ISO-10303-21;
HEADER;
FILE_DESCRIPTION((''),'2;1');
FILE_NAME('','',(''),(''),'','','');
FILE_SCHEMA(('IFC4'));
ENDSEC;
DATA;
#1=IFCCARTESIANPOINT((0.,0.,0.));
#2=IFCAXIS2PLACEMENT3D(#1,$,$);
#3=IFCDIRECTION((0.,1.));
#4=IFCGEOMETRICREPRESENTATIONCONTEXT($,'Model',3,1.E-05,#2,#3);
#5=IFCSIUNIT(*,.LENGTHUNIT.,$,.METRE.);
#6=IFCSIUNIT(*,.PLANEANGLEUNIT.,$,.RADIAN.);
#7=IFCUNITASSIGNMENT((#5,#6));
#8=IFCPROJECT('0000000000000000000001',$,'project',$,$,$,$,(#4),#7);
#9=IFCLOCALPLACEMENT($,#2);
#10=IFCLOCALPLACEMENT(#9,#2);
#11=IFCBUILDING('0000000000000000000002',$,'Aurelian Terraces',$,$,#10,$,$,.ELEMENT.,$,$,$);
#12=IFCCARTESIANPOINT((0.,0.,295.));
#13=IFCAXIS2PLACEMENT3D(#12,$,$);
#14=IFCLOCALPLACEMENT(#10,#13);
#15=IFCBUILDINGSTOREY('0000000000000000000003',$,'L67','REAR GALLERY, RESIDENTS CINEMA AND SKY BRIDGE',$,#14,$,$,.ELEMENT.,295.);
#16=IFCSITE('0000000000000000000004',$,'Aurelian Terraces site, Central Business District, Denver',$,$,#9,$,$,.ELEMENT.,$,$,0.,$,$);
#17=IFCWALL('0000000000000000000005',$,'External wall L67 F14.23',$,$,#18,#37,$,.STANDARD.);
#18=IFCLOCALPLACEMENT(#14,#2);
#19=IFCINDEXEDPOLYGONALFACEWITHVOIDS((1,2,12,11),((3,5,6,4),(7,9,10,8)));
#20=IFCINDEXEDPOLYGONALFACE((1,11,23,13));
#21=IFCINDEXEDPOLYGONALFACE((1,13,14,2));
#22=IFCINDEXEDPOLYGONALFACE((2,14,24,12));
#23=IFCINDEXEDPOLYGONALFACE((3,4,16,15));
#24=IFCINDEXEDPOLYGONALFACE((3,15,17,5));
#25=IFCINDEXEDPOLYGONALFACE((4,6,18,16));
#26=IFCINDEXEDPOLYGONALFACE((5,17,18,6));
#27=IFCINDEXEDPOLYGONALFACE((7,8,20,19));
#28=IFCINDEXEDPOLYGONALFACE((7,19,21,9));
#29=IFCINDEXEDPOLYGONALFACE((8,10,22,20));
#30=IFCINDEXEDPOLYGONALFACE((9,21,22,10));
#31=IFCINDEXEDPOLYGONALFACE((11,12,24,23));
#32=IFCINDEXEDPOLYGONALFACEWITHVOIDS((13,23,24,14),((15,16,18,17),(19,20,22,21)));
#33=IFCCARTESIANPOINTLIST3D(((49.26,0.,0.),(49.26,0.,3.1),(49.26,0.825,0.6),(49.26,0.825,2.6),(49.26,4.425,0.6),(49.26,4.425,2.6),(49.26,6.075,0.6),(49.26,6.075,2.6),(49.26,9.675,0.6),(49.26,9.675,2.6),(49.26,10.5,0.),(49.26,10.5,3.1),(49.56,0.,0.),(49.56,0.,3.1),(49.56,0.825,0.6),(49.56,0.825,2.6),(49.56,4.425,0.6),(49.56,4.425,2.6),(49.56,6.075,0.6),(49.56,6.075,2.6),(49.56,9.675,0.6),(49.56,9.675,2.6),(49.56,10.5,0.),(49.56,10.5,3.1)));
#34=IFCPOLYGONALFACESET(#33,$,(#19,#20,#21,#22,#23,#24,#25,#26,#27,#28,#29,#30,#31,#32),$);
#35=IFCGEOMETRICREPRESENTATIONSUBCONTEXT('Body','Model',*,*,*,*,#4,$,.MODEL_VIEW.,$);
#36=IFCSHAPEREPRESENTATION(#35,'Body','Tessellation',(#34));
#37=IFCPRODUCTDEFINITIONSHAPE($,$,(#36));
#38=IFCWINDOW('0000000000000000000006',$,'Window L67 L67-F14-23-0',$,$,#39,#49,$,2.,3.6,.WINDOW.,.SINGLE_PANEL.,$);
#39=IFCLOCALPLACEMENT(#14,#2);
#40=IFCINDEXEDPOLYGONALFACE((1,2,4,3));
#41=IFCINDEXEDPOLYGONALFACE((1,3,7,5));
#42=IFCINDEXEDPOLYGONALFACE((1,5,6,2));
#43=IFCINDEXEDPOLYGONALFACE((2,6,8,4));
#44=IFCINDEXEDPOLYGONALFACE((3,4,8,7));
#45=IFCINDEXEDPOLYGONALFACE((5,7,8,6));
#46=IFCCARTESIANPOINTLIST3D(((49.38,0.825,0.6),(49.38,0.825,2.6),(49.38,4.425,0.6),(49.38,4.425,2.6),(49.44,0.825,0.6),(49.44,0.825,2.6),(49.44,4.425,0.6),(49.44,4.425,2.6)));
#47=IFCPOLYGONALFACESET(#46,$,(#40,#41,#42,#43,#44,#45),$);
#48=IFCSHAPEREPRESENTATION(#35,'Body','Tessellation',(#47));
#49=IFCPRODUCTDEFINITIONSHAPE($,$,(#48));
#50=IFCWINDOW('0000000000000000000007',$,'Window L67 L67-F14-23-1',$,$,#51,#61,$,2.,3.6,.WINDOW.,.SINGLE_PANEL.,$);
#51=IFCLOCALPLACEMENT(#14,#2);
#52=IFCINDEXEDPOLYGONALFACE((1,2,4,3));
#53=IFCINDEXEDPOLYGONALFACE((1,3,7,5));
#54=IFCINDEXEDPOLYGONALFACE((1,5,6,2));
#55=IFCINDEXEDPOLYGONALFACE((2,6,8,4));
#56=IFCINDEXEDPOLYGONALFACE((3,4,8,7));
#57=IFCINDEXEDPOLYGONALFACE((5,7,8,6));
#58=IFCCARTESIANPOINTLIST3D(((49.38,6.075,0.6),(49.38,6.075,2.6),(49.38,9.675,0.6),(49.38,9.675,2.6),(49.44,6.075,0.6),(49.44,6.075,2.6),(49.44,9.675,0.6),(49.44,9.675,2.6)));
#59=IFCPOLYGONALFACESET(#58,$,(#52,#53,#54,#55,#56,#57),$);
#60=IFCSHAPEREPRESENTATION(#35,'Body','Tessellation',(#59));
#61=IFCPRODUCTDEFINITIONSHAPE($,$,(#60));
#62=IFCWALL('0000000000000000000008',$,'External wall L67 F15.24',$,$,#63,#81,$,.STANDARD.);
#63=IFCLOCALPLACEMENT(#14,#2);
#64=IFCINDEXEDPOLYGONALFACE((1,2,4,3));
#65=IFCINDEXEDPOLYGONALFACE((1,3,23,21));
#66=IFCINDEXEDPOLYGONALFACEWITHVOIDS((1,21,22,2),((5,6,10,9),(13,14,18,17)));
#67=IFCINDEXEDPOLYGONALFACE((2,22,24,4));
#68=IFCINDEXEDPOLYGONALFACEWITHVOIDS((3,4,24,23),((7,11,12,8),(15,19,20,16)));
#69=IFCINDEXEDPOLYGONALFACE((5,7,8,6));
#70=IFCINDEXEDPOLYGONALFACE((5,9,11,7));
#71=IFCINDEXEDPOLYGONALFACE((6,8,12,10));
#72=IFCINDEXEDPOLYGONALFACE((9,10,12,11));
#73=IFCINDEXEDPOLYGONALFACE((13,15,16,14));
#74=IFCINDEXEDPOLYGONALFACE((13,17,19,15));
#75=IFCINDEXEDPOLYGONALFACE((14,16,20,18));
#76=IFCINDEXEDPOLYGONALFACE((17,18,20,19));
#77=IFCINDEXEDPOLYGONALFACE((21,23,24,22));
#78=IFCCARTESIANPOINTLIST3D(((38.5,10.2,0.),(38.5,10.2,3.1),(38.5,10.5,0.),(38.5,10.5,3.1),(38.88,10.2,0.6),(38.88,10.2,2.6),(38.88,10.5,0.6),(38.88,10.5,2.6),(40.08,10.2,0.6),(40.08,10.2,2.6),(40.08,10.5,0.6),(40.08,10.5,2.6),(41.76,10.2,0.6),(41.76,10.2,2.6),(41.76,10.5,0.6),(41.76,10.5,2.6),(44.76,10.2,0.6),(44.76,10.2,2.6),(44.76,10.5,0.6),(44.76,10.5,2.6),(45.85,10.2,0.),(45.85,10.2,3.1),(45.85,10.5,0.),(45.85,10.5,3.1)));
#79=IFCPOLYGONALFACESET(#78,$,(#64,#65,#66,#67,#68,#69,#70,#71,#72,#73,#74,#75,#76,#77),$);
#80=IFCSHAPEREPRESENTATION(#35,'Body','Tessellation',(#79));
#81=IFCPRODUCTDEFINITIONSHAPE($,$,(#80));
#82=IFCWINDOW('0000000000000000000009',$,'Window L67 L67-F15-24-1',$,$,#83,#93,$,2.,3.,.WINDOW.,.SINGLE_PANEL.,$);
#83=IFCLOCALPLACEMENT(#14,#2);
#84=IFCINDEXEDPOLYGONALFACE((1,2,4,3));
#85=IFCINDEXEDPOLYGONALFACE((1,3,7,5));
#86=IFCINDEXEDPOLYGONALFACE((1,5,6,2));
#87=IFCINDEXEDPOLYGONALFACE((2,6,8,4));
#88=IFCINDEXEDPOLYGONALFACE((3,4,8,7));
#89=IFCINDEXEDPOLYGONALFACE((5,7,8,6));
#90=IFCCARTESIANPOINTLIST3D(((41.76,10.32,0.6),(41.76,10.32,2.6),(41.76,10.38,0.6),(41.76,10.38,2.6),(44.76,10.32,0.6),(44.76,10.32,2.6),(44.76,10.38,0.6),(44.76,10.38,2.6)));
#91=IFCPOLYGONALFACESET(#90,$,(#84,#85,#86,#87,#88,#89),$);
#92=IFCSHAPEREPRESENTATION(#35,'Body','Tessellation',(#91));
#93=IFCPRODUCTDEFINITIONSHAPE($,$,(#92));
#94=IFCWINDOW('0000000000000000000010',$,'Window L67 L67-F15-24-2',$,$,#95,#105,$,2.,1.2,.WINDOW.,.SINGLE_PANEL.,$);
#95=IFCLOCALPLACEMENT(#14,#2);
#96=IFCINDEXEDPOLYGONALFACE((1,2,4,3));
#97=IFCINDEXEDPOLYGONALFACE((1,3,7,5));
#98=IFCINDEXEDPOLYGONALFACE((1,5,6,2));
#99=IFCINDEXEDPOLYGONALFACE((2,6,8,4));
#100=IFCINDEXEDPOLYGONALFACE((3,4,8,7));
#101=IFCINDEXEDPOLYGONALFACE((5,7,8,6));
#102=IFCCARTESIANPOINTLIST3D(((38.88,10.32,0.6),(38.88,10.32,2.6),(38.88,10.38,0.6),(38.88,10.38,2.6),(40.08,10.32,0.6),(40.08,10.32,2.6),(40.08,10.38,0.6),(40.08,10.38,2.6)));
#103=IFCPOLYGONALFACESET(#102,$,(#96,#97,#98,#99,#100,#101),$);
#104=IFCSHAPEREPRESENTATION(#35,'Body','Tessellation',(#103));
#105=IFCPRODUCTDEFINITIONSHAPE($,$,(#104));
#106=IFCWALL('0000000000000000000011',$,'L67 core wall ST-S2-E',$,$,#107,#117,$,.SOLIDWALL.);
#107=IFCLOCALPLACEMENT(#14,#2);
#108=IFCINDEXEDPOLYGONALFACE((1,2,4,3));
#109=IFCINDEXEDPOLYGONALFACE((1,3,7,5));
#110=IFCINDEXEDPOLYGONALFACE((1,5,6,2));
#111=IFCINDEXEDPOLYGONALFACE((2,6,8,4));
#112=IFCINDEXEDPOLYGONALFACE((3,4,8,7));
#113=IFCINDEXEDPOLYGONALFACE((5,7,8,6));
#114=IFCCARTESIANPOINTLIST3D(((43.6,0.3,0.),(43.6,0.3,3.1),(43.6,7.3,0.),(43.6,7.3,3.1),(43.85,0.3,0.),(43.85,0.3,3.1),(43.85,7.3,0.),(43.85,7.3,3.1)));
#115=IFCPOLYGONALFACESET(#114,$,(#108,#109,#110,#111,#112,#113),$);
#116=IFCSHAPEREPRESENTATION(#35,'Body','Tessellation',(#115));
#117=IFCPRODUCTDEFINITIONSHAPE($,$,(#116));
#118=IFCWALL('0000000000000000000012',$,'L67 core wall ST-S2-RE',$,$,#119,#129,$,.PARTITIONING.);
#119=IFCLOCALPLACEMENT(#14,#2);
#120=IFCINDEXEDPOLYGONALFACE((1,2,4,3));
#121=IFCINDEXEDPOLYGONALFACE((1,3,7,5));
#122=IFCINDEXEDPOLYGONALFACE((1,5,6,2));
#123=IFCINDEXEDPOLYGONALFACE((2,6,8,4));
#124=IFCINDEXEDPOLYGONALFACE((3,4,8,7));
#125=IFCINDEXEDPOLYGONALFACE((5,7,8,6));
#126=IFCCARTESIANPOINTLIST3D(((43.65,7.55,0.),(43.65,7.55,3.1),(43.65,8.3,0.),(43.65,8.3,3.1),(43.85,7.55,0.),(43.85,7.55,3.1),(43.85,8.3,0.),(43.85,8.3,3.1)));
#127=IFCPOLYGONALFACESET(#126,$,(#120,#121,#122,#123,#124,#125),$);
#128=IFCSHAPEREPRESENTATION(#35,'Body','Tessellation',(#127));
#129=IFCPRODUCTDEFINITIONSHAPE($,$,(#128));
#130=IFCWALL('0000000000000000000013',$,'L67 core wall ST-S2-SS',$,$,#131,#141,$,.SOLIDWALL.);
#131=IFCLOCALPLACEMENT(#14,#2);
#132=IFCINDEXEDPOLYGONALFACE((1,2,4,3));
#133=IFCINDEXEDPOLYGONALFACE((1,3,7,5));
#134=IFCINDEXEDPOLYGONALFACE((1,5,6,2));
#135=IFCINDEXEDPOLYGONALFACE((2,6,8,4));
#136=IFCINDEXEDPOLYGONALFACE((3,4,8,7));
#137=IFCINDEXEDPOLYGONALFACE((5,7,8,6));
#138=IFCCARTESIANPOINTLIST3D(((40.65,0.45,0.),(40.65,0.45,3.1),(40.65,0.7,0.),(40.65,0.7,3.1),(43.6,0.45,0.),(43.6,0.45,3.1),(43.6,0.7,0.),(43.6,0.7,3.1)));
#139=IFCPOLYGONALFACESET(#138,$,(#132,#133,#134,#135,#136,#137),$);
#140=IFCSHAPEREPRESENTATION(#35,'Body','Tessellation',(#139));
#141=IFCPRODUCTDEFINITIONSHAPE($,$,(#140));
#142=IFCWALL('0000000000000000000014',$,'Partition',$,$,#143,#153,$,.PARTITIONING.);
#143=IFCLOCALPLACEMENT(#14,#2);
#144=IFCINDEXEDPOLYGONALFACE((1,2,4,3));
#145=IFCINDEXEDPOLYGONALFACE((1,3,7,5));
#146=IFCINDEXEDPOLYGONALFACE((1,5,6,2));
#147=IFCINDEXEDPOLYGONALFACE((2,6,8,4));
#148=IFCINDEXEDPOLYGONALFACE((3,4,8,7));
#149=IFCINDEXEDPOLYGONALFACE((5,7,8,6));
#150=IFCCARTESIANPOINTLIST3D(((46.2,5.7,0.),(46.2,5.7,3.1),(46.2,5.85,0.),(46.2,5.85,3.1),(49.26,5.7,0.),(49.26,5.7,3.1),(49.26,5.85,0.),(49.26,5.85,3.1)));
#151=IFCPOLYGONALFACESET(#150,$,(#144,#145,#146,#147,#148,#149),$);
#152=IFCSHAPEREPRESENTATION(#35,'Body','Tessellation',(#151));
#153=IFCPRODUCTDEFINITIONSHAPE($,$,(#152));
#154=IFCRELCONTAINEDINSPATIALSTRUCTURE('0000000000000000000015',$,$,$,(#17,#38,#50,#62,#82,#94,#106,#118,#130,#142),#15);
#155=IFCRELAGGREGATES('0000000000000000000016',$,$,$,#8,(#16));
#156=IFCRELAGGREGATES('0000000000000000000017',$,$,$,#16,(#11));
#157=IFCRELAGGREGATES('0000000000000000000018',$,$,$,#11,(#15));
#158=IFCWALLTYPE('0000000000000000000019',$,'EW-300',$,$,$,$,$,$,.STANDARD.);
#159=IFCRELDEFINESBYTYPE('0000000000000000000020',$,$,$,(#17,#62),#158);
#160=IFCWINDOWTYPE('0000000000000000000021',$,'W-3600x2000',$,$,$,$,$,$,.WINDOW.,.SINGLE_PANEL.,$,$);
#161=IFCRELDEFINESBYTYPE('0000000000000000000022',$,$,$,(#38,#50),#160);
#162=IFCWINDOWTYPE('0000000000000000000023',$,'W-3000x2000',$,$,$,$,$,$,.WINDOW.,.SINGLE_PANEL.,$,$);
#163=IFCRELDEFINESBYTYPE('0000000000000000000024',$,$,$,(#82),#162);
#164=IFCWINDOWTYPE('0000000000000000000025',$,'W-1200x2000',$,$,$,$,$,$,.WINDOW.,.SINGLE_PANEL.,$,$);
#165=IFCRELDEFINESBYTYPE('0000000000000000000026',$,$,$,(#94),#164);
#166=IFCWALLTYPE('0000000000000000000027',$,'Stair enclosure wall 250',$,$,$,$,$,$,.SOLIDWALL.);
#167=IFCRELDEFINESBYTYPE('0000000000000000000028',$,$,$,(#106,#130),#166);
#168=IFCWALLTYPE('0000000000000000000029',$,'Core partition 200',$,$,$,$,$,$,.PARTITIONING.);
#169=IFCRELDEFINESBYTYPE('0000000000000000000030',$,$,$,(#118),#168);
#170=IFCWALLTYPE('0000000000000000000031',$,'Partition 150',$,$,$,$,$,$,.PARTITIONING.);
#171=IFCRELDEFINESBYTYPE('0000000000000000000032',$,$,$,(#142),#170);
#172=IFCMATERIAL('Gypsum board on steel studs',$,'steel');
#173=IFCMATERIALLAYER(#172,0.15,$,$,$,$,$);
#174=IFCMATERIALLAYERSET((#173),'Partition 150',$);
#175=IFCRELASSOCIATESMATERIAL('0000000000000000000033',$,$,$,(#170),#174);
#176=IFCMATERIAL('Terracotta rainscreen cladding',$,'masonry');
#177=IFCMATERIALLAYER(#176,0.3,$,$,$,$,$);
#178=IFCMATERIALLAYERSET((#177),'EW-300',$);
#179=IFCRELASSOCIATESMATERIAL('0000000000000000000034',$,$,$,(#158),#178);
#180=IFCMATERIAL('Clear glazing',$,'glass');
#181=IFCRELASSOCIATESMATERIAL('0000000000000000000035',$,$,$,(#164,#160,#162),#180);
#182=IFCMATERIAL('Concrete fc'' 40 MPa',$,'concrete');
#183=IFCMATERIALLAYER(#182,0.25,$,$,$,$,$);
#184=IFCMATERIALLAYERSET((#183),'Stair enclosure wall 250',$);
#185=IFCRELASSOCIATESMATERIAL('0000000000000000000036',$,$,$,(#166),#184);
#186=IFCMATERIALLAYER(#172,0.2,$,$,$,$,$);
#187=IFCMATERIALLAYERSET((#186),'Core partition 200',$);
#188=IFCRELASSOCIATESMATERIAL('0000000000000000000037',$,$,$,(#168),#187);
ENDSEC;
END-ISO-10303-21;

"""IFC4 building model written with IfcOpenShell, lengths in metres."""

from ifc_helpers import new_model, si_unit, direction, frame, frame_2d, origin, place, context, subcontext, project, spatial, rectangle, extrude, source, transform, mapped, material, layer, layer_set, type_object, element, fill, save


model = new_model("IFC4")

# Units and contexts
model_context = context("Model", 3, precision=1e-05, world=origin(), true_north=direction((0.0, 1.0)))
body_context = subcontext(model_context, "Body", "Model", "MODEL_VIEW")
ifc_project = project(units=[si_unit("LENGTHUNIT", "METRE"), si_unit("PLANEANGLEUNIT", "RADIAN")], contexts=[model_context])

# Site, building, storey
site_placement = place(None, origin())
site = spatial("IfcSite", under=ifc_project, at=site_placement, Name="Aurelian Terraces site, Central Business District, Denver", CompositionType="ELEMENT", RefElevation=0.0)
building_placement = place(site_placement, origin())
building = spatial("IfcBuilding", under=site, at=building_placement, Name="Aurelian Terraces", CompositionType="ELEMENT")
storey_placement = place(building_placement, frame((0.0, 0.0, 295.0)))
storey = spatial("IfcBuildingStorey", under=building, at=storey_placement, Name="L67", Description="REAR GALLERY, RESIDENTS CINEMA AND SKY BRIDGE", CompositionType="ELEMENT", Elevation=295.0)

# Shared definitions
ifc_material_1 = material(Name="Gypsum board on steel studs", Category="steel")

# Shared definitions
ifc_layer_1 = layer(ifc_material_1, 0.15)
ifc_layer_set_1 = layer_set([ifc_layer_1], Name="Partition 150")
wall_type_1 = type_object("IfcWallType", Name="Partition 150", PredefinedType="PARTITIONING", material=ifc_layer_set_1)

# Shared definitions
ifc_material_2 = material(Name="Terracotta rainscreen cladding", Category="masonry")
ifc_layer_2 = layer(ifc_material_2, 0.3)
ifc_layer_set_2 = layer_set([ifc_layer_2], Name="EW-300")
wall_type_2 = type_object("IfcWallType", Name="EW-300", PredefinedType="STANDARD", material=ifc_layer_set_2)
ifc_material_3 = material(Name="Clear glazing", Category="glass")
shared_shape_1 = source(origin(), body_context, "Body", "SweptSolid", [
    extrude(rectangle(XDim=1.2, YDim=2.0, at=frame_2d((0.6, 1.0))), frame((0.0, 0.16, 0.0), z_axis=(0.0, -1.0, 0.0), x_axis=(1.0, 0.0, 0.0)), (0.0, 0.0, 1.0), 0.32),
])
window_type_1 = type_object("IfcWindowType", Name="W-1200x2000", PartitioningType="SINGLE_PANEL", PredefinedType="WINDOW", material=ifc_material_3)
shared_shape_2 = source(origin(), body_context, "Body", "SweptSolid", [
    extrude(rectangle(XDim=1.2, YDim=2.0, at=frame_2d((0.6, 1.0))), frame((0.0, 0.03, 0.0), z_axis=(0.0, -1.0, 0.0), x_axis=(1.0, 0.0, 0.0)), (0.0, 0.0, 1.0), 0.06),
])

# Walls, openings, windows
shared_shape_3 = source(origin(), body_context, "Body", "SweptSolid", [
    extrude(rectangle(XDim=10.5, YDim=0.3, at=frame_2d((5.25, 0.0))), origin(), (0.0, 0.0, 1.0), 3.1),
])
wall_1_placement = place(storey_placement, frame((49.41, 0.0, 0.0), z_axis=(0.0, 0.0, 1.0), x_axis=(0.0, 1.0, 0.0)))
wall_1 = element("IfcWall", 1, at=wall_1_placement, inside=storey, type_object=wall_type_2, Name="External wall L67 F14.23", PredefinedType="STANDARD", context=body_context, shape_type="MappedRepresentation", body=[
    mapped(shared_shape_3, transform((0.0, 0.0, 0.0), scale=1.0)),
])
shared_shape_4 = source(origin(), body_context, "Body", "SweptSolid", [
    extrude(rectangle(XDim=3.6, YDim=2.0, at=frame_2d((1.8, 1.0))), frame((0.0, 0.16, 0.0), z_axis=(0.0, -1.0, 0.0), x_axis=(1.0, 0.0, 0.0)), (0.0, 0.0, 1.0), 0.32),
])
opening_1_placement = place(wall_1_placement, frame((0.825, 0.0, 0.6)))
opening_1 = element("IfcOpeningElement", 2, at=opening_1_placement, cuts=wall_1, PredefinedType="OPENING", context=body_context, shape_type="MappedRepresentation", body=[
    mapped(shared_shape_4, transform((0.0, 0.0, 0.0), scale=1.0)),
])
opening_2_placement = place(wall_1_placement, frame((6.075, 0.0, 0.6)))
opening_2 = element("IfcOpeningElement", 3, at=opening_2_placement, cuts=wall_1, PredefinedType="OPENING", context=body_context, shape_type="MappedRepresentation", body=[
    mapped(shared_shape_4, transform((0.0, 0.0, 0.0), scale=1.0)),
])
window_type_2 = type_object("IfcWindowType", Name="W-3600x2000", PartitioningType="SINGLE_PANEL", PredefinedType="WINDOW", material=ifc_material_3)
shared_shape_5 = source(origin(), body_context, "Body", "SweptSolid", [
    extrude(rectangle(XDim=3.6, YDim=2.0, at=frame_2d((1.8, 1.0))), frame((0.0, 0.03, 0.0), z_axis=(0.0, -1.0, 0.0), x_axis=(1.0, 0.0, 0.0)), (0.0, 0.0, 1.0), 0.06),
])
window_1_placement = place(opening_1_placement, origin())
window_1 = element("IfcWindow", 4, at=window_1_placement, inside=storey, type_object=window_type_2, Name="Window L67 L67-F14-23-0", OverallHeight=2.0, OverallWidth=3.6, PartitioningType="SINGLE_PANEL", PredefinedType="WINDOW", context=body_context, shape_type="MappedRepresentation", body=[
    mapped(shared_shape_5, transform((0.0, 0.0, 0.0), scale=1.0)),
])
fill(opening_1, window_1)
window_2_placement = place(opening_2_placement, origin())
window_2 = element("IfcWindow", 5, at=window_2_placement, inside=storey, type_object=window_type_2, Name="Window L67 L67-F14-23-1", OverallHeight=2.0, OverallWidth=3.6, PartitioningType="SINGLE_PANEL", PredefinedType="WINDOW", context=body_context, shape_type="MappedRepresentation", body=[
    mapped(shared_shape_5, transform((0.0, 0.0, 0.0), scale=1.0)),
])
fill(opening_2, window_2)
shared_shape_6 = source(origin(), body_context, "Body", "SweptSolid", [
    extrude(rectangle(XDim=7.35, YDim=0.3, at=frame_2d((3.675, 0.0))), origin(), (0.0, 0.0, 1.0), 3.1),
])
wall_2_placement = place(storey_placement, frame((45.85, 10.35, 0.0), z_axis=(0.0, 0.0, 1.0), x_axis=(-1.0, 0.0, 0.0)))
wall_2 = element("IfcWall", 6, at=wall_2_placement, inside=storey, type_object=wall_type_2, Name="External wall L67 F15.24", PredefinedType="STANDARD", context=body_context, shape_type="MappedRepresentation", body=[
    mapped(shared_shape_6, transform((0.0, 0.0, 0.0), scale=1.0)),
])
shared_shape_7 = source(origin(), body_context, "Body", "SweptSolid", [
    extrude(rectangle(XDim=3.0, YDim=2.0, at=frame_2d((1.5, 1.0))), frame((0.0, 0.16, 0.0), z_axis=(0.0, -1.0, 0.0), x_axis=(1.0, 0.0, 0.0)), (0.0, 0.0, 1.0), 0.32),
])
opening_3_placement = place(wall_2_placement, frame((1.09, 0.0, 0.6)))
opening_3 = element("IfcOpeningElement", 7, at=opening_3_placement, cuts=wall_2, PredefinedType="OPENING", context=body_context, shape_type="MappedRepresentation", body=[
    mapped(shared_shape_7, transform((0.0, 0.0, 0.0), scale=1.0)),
])
opening_4_placement = place(wall_2_placement, frame((5.77, 0.0, 0.6)))
opening_4 = element("IfcOpeningElement", 8, at=opening_4_placement, cuts=wall_2, PredefinedType="OPENING", context=body_context, shape_type="MappedRepresentation", body=[
    mapped(shared_shape_1, transform((0.0, 0.0, 0.0), scale=1.0)),
])
window_type_3 = type_object("IfcWindowType", Name="W-3000x2000", PartitioningType="SINGLE_PANEL", PredefinedType="WINDOW", material=ifc_material_3)
shared_shape_8 = source(origin(), body_context, "Body", "SweptSolid", [
    extrude(rectangle(XDim=3.0, YDim=2.0, at=frame_2d((1.5, 1.0))), frame((0.0, 0.03, 0.0), z_axis=(0.0, -1.0, 0.0), x_axis=(1.0, 0.0, 0.0)), (0.0, 0.0, 1.0), 0.06),
])
window_3_placement = place(opening_3_placement, origin())
window_3 = element("IfcWindow", 9, at=window_3_placement, inside=storey, type_object=window_type_3, Name="Window L67 L67-F15-24-1", OverallHeight=2.0, OverallWidth=3.0, PartitioningType="SINGLE_PANEL", PredefinedType="WINDOW", context=body_context, shape_type="MappedRepresentation", body=[
    mapped(shared_shape_8, transform((0.0, 0.0, 0.0), scale=1.0)),
])
fill(opening_3, window_3)
window_4_placement = place(opening_4_placement, origin())
window_4 = element("IfcWindow", 10, at=window_4_placement, inside=storey, type_object=window_type_1, Name="Window L67 L67-F15-24-2", OverallHeight=2.0, OverallWidth=1.2, PartitioningType="SINGLE_PANEL", PredefinedType="WINDOW", context=body_context, shape_type="MappedRepresentation", body=[
    mapped(shared_shape_2, transform((0.0, 0.0, 0.0), scale=1.0)),
])
fill(opening_4, window_4)

# Walls
ifc_material_4 = material(Name="Concrete fc' 40 MPa", Category="concrete")
ifc_layer_3 = layer(ifc_material_4, 0.25)
ifc_layer_set_3 = layer_set([ifc_layer_3], Name="Stair enclosure wall 250")
wall_type_3 = type_object("IfcWallType", Name="Stair enclosure wall 250", PredefinedType="SOLIDWALL", material=ifc_layer_set_3)
shared_shape_9 = source(origin(), body_context, "Body", "SweptSolid", [
    extrude(rectangle(XDim=7.0, YDim=0.25, at=frame_2d((3.5, 0.0))), origin(), (0.0, 0.0, 1.0), 3.1),
])
wall_3_placement = place(storey_placement, frame((43.725, 0.3, 0.0), z_axis=(0.0, 0.0, 1.0), x_axis=(0.0, 1.0, 0.0)))
element("IfcWall", 11, at=wall_3_placement, inside=storey, type_object=wall_type_3, Name="L67 core wall ST-S2-E", PredefinedType="SOLIDWALL", context=body_context, shape_type="MappedRepresentation", body=[
    mapped(shared_shape_9, transform((0.0, 0.0, 0.0), scale=1.0)),
])
ifc_layer_4 = layer(ifc_material_1, 0.2)
ifc_layer_set_4 = layer_set([ifc_layer_4], Name="Core partition 200")
wall_type_4 = type_object("IfcWallType", Name="Core partition 200", PredefinedType="PARTITIONING", material=ifc_layer_set_4)
shared_shape_10 = source(origin(), body_context, "Body", "SweptSolid", [
    extrude(rectangle(XDim=0.75, YDim=0.2, at=frame_2d((0.375, 0.0))), origin(), (0.0, 0.0, 1.0), 3.1),
])
wall_4_placement = place(storey_placement, frame((43.75, 7.55, 0.0), z_axis=(0.0, 0.0, 1.0), x_axis=(0.0, 1.0, 0.0)))
element("IfcWall", 12, at=wall_4_placement, inside=storey, type_object=wall_type_4, Name="L67 core wall ST-S2-RE", PredefinedType="PARTITIONING", context=body_context, shape_type="MappedRepresentation", body=[
    mapped(shared_shape_10, transform((0.0, 0.0, 0.0), scale=1.0)),
])
shared_shape_11 = source(origin(), body_context, "Body", "SweptSolid", [
    extrude(rectangle(XDim=2.95, YDim=0.25, at=frame_2d((1.475, 0.0))), origin(), (0.0, 0.0, 1.0), 3.1),
])
wall_5_placement = place(storey_placement, frame((40.65, 0.575, 0.0), z_axis=(0.0, 0.0, 1.0), x_axis=(1.0, 0.0, 0.0)))
element("IfcWall", 13, at=wall_5_placement, inside=storey, type_object=wall_type_3, Name="L67 core wall ST-S2-SS", PredefinedType="SOLIDWALL", context=body_context, shape_type="MappedRepresentation", body=[
    mapped(shared_shape_11, transform((0.0, 0.0, 0.0), scale=1.0)),
])
shared_shape_12 = source(origin(), body_context, "Body", "SweptSolid", [
    extrude(rectangle(XDim=3.06, YDim=0.15, at=frame_2d((1.53, 0.0))), origin(), (0.0, 0.0, 1.0), 3.1),
])
wall_6_placement = place(storey_placement, frame((49.26, 5.775, 0.0), z_axis=(0.0, 0.0, 1.0), x_axis=(-1.0, 0.0, 0.0)))
element("IfcWall", 14, at=wall_6_placement, inside=storey, type_object=wall_type_1, Name="Partition", PredefinedType="PARTITIONING", context=body_context, shape_type="MappedRepresentation", body=[
    mapped(shared_shape_12, transform((0.0, 0.0, 0.0), scale=1.0)),
])

save(model, "model.ifc")
